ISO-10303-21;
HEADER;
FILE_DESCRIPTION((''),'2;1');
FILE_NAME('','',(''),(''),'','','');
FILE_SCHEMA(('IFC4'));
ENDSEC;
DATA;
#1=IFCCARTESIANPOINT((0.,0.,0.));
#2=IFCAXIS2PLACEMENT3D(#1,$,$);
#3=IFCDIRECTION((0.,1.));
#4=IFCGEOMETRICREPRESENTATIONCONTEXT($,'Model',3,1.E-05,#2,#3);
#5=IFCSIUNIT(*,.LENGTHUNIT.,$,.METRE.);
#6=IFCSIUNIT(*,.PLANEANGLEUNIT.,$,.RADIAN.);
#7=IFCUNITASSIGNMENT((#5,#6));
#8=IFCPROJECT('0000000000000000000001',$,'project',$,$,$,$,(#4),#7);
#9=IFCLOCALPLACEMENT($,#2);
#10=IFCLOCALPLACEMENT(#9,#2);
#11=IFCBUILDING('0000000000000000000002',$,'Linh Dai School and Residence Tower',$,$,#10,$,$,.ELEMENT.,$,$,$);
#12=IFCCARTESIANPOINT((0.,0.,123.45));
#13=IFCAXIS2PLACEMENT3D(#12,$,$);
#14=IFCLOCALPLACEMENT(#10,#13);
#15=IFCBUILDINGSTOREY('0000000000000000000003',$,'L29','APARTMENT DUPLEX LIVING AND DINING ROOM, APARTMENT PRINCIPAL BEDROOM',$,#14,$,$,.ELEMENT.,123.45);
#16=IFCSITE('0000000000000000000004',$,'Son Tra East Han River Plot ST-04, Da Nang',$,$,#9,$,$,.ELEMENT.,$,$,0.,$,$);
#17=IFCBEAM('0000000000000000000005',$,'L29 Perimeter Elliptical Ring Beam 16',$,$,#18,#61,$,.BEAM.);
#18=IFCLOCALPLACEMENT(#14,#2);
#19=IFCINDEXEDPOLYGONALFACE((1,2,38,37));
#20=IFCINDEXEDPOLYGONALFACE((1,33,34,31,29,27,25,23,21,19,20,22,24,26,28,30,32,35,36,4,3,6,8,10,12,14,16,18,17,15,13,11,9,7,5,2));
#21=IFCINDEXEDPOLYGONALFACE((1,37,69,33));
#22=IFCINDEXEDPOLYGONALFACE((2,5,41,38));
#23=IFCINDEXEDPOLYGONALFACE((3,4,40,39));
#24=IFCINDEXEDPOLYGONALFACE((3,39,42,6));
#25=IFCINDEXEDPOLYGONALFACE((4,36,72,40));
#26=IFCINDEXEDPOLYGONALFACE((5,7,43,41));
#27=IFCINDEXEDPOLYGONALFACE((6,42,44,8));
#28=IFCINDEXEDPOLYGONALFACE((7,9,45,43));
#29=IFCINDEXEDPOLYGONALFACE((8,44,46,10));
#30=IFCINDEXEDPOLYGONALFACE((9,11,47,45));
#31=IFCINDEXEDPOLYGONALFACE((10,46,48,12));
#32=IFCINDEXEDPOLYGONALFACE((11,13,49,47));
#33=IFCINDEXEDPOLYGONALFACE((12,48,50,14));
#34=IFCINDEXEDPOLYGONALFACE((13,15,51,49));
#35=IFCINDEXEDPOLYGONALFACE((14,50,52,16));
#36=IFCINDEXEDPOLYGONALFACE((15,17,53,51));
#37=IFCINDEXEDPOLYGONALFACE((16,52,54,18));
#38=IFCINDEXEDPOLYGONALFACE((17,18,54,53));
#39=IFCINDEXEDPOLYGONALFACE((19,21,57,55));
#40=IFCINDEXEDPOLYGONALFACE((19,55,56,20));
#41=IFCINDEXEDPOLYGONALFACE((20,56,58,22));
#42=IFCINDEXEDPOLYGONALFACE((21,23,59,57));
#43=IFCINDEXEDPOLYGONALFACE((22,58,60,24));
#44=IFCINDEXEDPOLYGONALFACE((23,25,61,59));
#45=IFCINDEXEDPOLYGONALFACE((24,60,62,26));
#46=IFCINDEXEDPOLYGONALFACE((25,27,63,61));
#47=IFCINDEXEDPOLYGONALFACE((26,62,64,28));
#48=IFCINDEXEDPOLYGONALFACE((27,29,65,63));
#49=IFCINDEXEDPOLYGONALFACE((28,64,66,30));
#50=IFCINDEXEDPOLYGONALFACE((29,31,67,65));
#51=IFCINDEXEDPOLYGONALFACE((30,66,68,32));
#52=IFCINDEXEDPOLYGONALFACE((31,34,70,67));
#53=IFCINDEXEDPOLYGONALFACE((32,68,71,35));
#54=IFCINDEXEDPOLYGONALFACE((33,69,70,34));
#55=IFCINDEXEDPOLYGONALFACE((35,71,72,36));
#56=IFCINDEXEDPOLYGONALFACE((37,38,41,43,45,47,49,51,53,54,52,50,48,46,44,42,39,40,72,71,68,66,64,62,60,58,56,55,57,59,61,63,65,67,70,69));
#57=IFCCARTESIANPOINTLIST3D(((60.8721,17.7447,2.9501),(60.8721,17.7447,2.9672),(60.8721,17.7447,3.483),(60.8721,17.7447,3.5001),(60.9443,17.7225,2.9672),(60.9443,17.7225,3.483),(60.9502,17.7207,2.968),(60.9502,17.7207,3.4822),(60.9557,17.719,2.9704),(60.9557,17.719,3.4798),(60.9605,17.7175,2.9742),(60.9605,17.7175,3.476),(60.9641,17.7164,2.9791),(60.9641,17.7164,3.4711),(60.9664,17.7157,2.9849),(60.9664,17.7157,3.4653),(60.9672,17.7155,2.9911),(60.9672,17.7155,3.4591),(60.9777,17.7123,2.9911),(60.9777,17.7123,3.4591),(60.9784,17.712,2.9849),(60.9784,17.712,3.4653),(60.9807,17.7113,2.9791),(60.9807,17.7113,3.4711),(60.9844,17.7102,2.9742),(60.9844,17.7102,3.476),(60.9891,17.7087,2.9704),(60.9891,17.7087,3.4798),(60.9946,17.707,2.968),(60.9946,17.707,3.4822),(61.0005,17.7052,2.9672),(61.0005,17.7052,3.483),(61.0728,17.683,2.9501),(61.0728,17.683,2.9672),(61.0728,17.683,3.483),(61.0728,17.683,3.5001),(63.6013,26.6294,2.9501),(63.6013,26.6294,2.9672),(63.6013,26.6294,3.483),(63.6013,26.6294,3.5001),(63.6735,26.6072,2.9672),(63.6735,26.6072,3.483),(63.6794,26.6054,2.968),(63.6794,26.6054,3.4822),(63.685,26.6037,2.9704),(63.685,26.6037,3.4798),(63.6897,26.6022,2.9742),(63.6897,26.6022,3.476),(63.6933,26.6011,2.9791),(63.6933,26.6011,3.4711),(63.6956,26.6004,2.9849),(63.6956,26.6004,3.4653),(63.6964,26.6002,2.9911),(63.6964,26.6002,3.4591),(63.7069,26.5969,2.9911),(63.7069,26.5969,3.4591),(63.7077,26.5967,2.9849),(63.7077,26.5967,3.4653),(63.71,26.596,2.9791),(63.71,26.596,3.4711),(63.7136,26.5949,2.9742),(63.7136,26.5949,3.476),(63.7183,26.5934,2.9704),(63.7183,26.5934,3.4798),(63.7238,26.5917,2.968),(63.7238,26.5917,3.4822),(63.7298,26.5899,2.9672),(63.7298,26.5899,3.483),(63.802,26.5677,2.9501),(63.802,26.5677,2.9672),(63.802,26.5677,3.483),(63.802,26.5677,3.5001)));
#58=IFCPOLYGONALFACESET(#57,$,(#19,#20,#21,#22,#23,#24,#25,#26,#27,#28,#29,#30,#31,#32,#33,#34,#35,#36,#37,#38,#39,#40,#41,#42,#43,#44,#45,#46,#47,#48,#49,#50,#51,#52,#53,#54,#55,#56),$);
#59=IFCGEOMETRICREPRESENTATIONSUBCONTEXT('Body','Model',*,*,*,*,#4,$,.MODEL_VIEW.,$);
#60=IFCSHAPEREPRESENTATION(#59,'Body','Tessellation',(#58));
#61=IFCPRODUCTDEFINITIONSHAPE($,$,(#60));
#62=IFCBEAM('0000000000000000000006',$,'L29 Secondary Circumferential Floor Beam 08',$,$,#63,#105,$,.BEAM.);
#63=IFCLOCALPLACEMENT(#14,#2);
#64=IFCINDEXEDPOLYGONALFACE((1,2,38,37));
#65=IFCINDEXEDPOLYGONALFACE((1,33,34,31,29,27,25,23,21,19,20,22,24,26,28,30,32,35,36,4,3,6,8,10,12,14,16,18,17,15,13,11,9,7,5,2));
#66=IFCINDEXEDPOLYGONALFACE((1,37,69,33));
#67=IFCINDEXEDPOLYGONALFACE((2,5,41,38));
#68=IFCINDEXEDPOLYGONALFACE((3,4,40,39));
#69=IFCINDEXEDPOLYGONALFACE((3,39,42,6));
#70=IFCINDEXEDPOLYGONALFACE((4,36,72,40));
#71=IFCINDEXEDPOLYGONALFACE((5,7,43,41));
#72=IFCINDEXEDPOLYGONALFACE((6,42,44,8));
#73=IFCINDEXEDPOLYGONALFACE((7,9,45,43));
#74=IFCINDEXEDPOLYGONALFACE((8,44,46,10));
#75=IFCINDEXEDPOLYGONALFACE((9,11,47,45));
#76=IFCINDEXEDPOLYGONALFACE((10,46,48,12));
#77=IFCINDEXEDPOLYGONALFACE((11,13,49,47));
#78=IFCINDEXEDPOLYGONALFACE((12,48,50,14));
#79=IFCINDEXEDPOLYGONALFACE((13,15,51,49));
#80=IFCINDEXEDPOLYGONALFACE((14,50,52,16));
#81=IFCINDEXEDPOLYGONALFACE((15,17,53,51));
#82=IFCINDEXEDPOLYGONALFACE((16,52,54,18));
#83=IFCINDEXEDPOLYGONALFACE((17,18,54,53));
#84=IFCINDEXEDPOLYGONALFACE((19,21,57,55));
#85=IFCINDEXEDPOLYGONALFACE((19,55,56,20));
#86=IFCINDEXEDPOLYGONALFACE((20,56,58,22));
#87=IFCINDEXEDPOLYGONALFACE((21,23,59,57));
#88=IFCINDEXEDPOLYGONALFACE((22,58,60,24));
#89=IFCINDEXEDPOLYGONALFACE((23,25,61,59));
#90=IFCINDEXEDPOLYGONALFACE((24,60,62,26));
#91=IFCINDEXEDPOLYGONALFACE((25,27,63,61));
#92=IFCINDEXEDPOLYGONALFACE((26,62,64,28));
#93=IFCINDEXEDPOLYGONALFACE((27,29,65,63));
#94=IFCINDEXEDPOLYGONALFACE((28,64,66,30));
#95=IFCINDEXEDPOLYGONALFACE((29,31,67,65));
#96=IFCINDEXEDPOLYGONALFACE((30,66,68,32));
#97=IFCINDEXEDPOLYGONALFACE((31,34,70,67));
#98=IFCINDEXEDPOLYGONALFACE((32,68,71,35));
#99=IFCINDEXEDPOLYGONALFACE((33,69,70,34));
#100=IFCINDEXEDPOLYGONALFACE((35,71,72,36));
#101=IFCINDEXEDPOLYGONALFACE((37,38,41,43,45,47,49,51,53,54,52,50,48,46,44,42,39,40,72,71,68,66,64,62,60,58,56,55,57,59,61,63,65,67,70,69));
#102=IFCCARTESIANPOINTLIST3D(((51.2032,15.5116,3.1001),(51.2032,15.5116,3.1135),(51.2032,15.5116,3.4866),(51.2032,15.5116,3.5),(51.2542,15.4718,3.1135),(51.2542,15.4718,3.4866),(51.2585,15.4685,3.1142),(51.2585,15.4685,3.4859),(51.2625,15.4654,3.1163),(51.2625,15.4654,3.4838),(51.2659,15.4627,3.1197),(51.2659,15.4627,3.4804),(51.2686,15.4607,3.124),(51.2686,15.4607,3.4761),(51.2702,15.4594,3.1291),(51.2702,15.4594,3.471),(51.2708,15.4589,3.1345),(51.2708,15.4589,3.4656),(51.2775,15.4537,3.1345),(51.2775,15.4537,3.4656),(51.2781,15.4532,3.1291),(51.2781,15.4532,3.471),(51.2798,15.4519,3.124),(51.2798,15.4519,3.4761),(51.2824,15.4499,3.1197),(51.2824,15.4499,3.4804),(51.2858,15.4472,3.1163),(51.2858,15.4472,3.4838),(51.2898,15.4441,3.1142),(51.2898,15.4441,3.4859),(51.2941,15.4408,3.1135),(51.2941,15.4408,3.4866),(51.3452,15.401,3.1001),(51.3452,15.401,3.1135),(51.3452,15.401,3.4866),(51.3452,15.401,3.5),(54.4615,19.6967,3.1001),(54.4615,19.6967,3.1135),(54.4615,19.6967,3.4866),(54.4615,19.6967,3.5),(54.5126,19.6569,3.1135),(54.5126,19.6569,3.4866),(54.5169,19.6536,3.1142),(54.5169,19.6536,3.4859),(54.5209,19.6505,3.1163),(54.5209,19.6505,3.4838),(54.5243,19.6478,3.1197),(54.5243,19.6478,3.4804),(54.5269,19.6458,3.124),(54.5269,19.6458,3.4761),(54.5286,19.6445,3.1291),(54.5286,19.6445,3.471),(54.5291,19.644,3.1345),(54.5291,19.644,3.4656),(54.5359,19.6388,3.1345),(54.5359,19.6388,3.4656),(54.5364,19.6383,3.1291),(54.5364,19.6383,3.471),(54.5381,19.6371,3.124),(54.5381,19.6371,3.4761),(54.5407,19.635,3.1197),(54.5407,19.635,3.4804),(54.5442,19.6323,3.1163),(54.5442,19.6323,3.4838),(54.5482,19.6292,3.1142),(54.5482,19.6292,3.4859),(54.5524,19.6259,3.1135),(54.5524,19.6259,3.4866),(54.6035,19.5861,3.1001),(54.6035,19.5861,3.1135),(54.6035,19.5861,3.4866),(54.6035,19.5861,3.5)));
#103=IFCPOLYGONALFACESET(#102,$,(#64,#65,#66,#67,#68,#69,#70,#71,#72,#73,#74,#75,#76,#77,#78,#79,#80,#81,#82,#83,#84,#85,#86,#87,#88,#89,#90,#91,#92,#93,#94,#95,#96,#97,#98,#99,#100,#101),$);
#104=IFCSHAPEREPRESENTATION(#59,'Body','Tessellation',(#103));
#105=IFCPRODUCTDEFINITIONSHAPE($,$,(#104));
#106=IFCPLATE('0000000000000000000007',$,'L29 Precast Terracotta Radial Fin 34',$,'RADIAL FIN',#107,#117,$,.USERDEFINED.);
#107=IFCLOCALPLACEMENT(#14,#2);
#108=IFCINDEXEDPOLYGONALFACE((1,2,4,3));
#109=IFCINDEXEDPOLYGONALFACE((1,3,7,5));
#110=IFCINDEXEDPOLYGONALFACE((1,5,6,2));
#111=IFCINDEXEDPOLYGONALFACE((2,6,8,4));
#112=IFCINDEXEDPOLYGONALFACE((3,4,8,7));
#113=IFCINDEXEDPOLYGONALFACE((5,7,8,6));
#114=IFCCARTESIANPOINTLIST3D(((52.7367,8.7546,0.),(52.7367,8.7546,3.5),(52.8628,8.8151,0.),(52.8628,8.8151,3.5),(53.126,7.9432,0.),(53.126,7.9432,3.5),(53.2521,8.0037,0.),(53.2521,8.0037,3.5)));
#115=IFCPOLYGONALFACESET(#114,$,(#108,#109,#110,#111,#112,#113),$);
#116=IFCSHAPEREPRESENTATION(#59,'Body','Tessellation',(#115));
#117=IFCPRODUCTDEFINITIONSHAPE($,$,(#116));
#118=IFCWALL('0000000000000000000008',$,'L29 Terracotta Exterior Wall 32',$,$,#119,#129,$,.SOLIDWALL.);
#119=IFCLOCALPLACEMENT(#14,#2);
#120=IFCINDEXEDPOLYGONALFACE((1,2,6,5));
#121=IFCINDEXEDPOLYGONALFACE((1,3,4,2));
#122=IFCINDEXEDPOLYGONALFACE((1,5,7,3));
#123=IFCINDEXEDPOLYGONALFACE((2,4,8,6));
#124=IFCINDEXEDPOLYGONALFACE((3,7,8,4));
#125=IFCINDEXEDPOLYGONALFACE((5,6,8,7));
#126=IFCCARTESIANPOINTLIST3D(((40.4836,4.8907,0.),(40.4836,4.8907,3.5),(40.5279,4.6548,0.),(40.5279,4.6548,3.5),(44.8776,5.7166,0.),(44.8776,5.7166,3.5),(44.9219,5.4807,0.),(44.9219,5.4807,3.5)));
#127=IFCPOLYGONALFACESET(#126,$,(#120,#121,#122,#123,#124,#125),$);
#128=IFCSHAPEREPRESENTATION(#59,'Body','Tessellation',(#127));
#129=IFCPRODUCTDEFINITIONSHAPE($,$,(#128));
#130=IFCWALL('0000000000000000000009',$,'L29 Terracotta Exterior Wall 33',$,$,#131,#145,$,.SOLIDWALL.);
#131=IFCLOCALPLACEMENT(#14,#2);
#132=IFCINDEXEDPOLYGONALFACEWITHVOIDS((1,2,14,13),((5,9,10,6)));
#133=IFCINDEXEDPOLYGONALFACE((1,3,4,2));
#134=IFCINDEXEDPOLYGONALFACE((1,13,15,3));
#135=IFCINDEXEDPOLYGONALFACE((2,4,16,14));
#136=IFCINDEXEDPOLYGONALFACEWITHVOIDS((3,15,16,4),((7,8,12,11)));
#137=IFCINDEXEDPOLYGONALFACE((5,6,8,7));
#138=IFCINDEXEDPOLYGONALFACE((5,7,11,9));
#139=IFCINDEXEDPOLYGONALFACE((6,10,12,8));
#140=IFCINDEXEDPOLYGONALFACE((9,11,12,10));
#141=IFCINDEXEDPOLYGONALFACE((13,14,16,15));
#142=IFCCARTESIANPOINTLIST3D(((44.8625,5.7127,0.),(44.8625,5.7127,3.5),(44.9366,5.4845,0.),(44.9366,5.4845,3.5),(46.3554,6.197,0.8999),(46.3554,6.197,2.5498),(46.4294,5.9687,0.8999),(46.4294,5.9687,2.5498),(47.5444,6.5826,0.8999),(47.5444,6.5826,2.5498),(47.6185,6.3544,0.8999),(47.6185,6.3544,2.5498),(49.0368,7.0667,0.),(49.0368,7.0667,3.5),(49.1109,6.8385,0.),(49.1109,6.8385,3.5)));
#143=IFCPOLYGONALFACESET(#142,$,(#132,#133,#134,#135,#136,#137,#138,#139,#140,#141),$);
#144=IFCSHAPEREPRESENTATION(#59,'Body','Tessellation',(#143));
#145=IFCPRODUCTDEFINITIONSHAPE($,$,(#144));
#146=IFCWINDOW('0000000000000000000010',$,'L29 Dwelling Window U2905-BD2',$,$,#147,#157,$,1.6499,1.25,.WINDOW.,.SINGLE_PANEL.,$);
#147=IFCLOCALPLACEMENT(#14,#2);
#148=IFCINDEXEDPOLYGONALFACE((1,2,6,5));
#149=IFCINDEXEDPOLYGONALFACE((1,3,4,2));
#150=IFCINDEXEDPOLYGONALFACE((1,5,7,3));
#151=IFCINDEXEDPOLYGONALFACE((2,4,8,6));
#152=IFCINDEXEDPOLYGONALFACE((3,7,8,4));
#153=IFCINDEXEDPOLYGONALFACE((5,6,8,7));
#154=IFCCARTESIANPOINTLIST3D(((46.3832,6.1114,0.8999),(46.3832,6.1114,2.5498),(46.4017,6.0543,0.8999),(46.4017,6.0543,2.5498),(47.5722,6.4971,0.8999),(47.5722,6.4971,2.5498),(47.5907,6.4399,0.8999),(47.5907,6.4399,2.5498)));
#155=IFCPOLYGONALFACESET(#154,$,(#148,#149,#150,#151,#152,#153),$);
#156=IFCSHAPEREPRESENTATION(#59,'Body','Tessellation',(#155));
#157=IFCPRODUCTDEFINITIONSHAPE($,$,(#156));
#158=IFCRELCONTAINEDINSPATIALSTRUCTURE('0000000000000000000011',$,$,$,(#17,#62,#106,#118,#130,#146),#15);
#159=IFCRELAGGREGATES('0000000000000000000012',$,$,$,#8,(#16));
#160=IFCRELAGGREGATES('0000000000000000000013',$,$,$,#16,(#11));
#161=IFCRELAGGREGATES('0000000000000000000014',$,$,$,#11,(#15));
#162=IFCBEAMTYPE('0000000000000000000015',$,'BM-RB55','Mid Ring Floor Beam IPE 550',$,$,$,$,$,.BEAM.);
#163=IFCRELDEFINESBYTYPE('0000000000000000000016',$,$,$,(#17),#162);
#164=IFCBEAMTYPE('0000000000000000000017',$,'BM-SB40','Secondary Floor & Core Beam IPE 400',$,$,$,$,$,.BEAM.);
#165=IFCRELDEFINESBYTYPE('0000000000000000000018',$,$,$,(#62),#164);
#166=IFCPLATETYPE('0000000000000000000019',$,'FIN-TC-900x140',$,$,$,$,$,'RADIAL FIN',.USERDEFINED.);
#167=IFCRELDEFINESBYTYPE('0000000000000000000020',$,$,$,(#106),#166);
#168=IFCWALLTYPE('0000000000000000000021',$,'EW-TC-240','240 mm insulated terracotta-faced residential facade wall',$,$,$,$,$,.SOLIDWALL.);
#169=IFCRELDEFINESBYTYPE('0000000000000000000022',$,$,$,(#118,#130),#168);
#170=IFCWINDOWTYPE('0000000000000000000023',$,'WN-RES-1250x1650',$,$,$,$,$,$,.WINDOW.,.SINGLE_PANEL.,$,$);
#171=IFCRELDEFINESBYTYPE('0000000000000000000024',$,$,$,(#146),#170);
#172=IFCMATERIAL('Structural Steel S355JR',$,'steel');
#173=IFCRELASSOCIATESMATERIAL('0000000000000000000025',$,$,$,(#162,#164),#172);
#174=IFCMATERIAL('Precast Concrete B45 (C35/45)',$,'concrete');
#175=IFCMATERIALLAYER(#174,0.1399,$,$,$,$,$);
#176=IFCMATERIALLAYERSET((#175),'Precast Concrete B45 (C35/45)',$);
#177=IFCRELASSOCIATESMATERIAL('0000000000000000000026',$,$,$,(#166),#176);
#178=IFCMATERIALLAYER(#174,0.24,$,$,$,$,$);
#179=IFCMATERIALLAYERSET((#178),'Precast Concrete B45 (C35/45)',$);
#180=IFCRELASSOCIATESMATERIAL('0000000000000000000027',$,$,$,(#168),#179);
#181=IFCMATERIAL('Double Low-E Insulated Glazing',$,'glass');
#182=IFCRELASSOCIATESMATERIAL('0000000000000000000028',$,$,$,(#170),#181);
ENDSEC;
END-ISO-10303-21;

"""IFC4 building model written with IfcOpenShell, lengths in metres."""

from ifc_helpers import new_model, si_unit, direction, frame, frame_2d, origin, origin_2d, place, context, subcontext, project, spatial, rectangle, i_section, extrude, source, transform, mapped, material, layer, layer_set, material_profile, profile_set, type_object, element, fill, save


model = new_model("IFC4")

# Units and contexts
model_context = context("Model", 3, precision=1e-05, world=origin(), true_north=direction((0.0, 1.0)))
body_context = subcontext(model_context, "Body", "Model", "MODEL_VIEW")
ifc_project = project(units=[si_unit("LENGTHUNIT", "METRE"), si_unit("PLANEANGLEUNIT", "RADIAN")], contexts=[model_context])

# Site, building, storey
site_placement = place(None, origin())
site = spatial("IfcSite", under=ifc_project, at=site_placement, Name="Son Tra East Han River Plot ST-04, Da Nang", CompositionType="ELEMENT", RefElevation=0.0)
building_placement = place(site_placement, origin())
building = spatial("IfcBuilding", under=site, at=building_placement, Name="Linh Dai School and Residence Tower", CompositionType="ELEMENT")
storey_placement = place(building_placement, frame((0.0, 0.0, 123.45)))
storey = spatial("IfcBuildingStorey", under=building, at=storey_placement, Name="L29", Description="APARTMENT DUPLEX LIVING AND DINING ROOM, APARTMENT PRINCIPAL BEDROOM", CompositionType="ELEMENT", Elevation=123.45)

# Shared definitions
ifc_material_1 = material(Name="Structural Steel S355JR", Category="steel")

# Beams
ifc_material_profile_1 = material_profile(ifc_material_1, i_section(OverallWidth=0.21, OverallDepth=0.55, WebThickness=0.011, FlangeThickness=0.0171, FilletRadius=0.0239, at=origin_2d()), Name="IPE 550")
ifc_profile_set_1 = profile_set([ifc_material_profile_1], Name="Structural Steel S355JR")
beam_type_1 = type_object("IfcBeamType", Name="BM-RB55", Description="Mid Ring Floor Beam IPE 550", PredefinedType="BEAM", material=ifc_profile_set_1)
beam_1_placement = place(storey_placement, frame((60.9724, 17.7139, 3.2251), z_axis=(0.293641, 0.955916, 0.0), x_axis=(-0.955916, 0.293641, 0.0)))
element("IfcBeam", 1, at=beam_1_placement, inside=storey, type_object=beam_type_1, Name="L29 Perimeter Elliptical Ring Beam 16", PredefinedType="BEAM", context=body_context, shape_type="SweptSolid", body=[
    extrude(i_section(OverallWidth=0.21, OverallDepth=0.55, WebThickness=0.011, FlangeThickness=0.0171, FilletRadius=0.0239, at=origin_2d()), origin(), (0.0, 0.0, 1.0), 9.2944),
])
ifc_material_profile_2 = material_profile(ifc_material_1, i_section(OverallWidth=0.1799, OverallDepth=0.3999, WebThickness=0.0085, FlangeThickness=0.0134, FilletRadius=0.021, at=origin_2d()), Name="IPE 400")
ifc_profile_set_2 = profile_set([ifc_material_profile_2], Name="Structural Steel S355JR")
beam_type_2 = type_object("IfcBeamType", Name="BM-SB40", Description="Secondary Floor & Core Beam IPE 400", PredefinedType="BEAM", material=ifc_profile_set_2)
beam_2_placement = place(storey_placement, frame((51.2742, 15.4563, 3.3), z_axis=(0.614323, 0.789055, 0.0), x_axis=(-0.789055, 0.614323, 0.0)))
element("IfcBeam", 2, at=beam_2_placement, inside=storey, type_object=beam_type_2, Name="L29 Secondary Circumferential Floor Beam 08", PredefinedType="BEAM", context=body_context, shape_type="SweptSolid", body=[
    extrude(i_section(OverallWidth=0.1799, OverallDepth=0.3999, WebThickness=0.0085, FlangeThickness=0.0134, FilletRadius=0.021, at=origin_2d()), origin(), (0.0, 0.0, 1.0), 5.304),
])

# Plate
ifc_material_2 = material(Name="Precast Concrete B45 (C35/45)", Category="concrete")
ifc_layer_1 = layer(ifc_material_2, 0.1399)
ifc_layer_set_1 = layer_set([ifc_layer_1], Name="Precast Concrete B45 (C35/45)")
plate_type = type_object("IfcPlateType", Name="FIN-TC-900x140", ElementType="RADIAL FIN", PredefinedType="USERDEFINED", material=ifc_layer_set_1)
shared_shape_1 = source(origin(), body_context, "Body", "SweptSolid", [
    extrude(rectangle(XDim=0.8999, YDim=0.1399, at=origin_2d()), origin(), (0.0, 0.0, 1.0), 3.5),
])
plate_placement = place(storey_placement, frame((52.9944, 8.3792, 0.0), z_axis=(0.0, 0.0, 1.0), x_axis=(0.432618, -0.901578, 0.0)))
element("IfcPlate", 3, at=plate_placement, inside=storey, type_object=plate_type, Name="L29 Precast Terracotta Radial Fin 34", ObjectType="RADIAL FIN", PredefinedType="USERDEFINED", context=body_context, shape_type="MappedRepresentation", body=[
    mapped(shared_shape_1, transform((0.0, 0.0, 0.0), x_axis=(1.0, 0.0, 0.0), y_axis=(0.0, 1.0, 0.0), z_axis=(0.0, 0.0, 1.0), scale=1.0)),
])

# Wall
ifc_layer_2 = layer(ifc_material_2, 0.24)
ifc_layer_set_2 = layer_set([ifc_layer_2], Name="Precast Concrete B45 (C35/45)")
wall_type_1 = type_object("IfcWallType", Name="EW-TC-240", Description="240 mm insulated terracotta-faced residential facade wall", PredefinedType="SOLIDWALL", material=ifc_layer_set_2)
wall_1_placement = place(storey_placement, frame((44.8997, 5.5986, 0.0), z_axis=(0.0, 0.0, 1.0), x_axis=(-0.982789, -0.18473, 0.0)))
element("IfcWall", 4, at=wall_1_placement, inside=storey, type_object=wall_type_1, Name="L29 Terracotta Exterior Wall 32", PredefinedType="SOLIDWALL", context=body_context, shape_type="SweptSolid", body=[
    extrude(rectangle(XDim=4.4709, YDim=0.24, at=frame_2d((2.2354, 0.0))), origin(), (0.0, 0.0, 1.0), 3.5),
])

# Wall, opening, window
wall_2_placement = place(storey_placement, frame((49.074, 6.9526, 0.0), z_axis=(0.0, 0.0, 1.0), x_axis=(-0.951211, -0.30854, 0.0)))
wall_2 = element("IfcWall", 5, at=wall_2_placement, inside=storey, type_object=wall_type_1, Name="L29 Terracotta Exterior Wall 33", PredefinedType="SOLIDWALL", context=body_context, shape_type="SweptSolid", body=[
    extrude(rectangle(XDim=4.3884, YDim=0.24, at=frame_2d((2.1943, 0.0))), origin(), (0.0, 0.0, 1.0), 3.5),
])
opening_1_placement = place(wall_2_placement, frame((1.5691, 0.0, 0.8999)))
opening_1 = element("IfcOpeningElement", 6, at=opening_1_placement, cuts=wall_2, PredefinedType="OPENING", context=body_context, shape_type="SweptSolid", body=[
    extrude(rectangle(XDim=1.25, YDim=1.6499, at=origin_2d()), frame((0.625, 0.1299, 0.825), z_axis=(0.0, -1.0, 0.0), x_axis=(1.0, 0.0, 0.0)), (0.0, 0.0, 1.0), 0.26),
])
ifc_material_3 = material(Name="Double Low-E Insulated Glazing", Category="glass")
window_type_1 = type_object("IfcWindowType", Name="WN-RES-1250x1650", PartitioningType="SINGLE_PANEL", PredefinedType="WINDOW", material=ifc_material_3)
shared_shape_2 = source(origin(), body_context, "Body", "SweptSolid", [
    extrude(rectangle(XDim=1.25, YDim=1.6499, at=origin_2d()), frame((0.625, 0.03, 0.825), z_axis=(0.0, -1.0, 0.0), x_axis=(1.0, 0.0, 0.0)), (0.0, 0.0, 1.0), 0.0601),
])
window_1_placement = place(opening_1_placement, origin())
window_1 = element("IfcWindow", 7, at=window_1_placement, inside=storey, type_object=window_type_1, Name="L29 Dwelling Window U2905-BD2", OverallHeight=1.6499, OverallWidth=1.25, PartitioningType="SINGLE_PANEL", PredefinedType="WINDOW", context=body_context, shape_type="MappedRepresentation", body=[
    mapped(shared_shape_2, transform((0.0, 0.0, 0.0), x_axis=(1.0, 0.0, 0.0), y_axis=(0.0, 1.0, 0.0), z_axis=(0.0, 0.0, 1.0), scale=1.0)),
])
fill(opening_1, window_1)

save(model, "model.ifc")
